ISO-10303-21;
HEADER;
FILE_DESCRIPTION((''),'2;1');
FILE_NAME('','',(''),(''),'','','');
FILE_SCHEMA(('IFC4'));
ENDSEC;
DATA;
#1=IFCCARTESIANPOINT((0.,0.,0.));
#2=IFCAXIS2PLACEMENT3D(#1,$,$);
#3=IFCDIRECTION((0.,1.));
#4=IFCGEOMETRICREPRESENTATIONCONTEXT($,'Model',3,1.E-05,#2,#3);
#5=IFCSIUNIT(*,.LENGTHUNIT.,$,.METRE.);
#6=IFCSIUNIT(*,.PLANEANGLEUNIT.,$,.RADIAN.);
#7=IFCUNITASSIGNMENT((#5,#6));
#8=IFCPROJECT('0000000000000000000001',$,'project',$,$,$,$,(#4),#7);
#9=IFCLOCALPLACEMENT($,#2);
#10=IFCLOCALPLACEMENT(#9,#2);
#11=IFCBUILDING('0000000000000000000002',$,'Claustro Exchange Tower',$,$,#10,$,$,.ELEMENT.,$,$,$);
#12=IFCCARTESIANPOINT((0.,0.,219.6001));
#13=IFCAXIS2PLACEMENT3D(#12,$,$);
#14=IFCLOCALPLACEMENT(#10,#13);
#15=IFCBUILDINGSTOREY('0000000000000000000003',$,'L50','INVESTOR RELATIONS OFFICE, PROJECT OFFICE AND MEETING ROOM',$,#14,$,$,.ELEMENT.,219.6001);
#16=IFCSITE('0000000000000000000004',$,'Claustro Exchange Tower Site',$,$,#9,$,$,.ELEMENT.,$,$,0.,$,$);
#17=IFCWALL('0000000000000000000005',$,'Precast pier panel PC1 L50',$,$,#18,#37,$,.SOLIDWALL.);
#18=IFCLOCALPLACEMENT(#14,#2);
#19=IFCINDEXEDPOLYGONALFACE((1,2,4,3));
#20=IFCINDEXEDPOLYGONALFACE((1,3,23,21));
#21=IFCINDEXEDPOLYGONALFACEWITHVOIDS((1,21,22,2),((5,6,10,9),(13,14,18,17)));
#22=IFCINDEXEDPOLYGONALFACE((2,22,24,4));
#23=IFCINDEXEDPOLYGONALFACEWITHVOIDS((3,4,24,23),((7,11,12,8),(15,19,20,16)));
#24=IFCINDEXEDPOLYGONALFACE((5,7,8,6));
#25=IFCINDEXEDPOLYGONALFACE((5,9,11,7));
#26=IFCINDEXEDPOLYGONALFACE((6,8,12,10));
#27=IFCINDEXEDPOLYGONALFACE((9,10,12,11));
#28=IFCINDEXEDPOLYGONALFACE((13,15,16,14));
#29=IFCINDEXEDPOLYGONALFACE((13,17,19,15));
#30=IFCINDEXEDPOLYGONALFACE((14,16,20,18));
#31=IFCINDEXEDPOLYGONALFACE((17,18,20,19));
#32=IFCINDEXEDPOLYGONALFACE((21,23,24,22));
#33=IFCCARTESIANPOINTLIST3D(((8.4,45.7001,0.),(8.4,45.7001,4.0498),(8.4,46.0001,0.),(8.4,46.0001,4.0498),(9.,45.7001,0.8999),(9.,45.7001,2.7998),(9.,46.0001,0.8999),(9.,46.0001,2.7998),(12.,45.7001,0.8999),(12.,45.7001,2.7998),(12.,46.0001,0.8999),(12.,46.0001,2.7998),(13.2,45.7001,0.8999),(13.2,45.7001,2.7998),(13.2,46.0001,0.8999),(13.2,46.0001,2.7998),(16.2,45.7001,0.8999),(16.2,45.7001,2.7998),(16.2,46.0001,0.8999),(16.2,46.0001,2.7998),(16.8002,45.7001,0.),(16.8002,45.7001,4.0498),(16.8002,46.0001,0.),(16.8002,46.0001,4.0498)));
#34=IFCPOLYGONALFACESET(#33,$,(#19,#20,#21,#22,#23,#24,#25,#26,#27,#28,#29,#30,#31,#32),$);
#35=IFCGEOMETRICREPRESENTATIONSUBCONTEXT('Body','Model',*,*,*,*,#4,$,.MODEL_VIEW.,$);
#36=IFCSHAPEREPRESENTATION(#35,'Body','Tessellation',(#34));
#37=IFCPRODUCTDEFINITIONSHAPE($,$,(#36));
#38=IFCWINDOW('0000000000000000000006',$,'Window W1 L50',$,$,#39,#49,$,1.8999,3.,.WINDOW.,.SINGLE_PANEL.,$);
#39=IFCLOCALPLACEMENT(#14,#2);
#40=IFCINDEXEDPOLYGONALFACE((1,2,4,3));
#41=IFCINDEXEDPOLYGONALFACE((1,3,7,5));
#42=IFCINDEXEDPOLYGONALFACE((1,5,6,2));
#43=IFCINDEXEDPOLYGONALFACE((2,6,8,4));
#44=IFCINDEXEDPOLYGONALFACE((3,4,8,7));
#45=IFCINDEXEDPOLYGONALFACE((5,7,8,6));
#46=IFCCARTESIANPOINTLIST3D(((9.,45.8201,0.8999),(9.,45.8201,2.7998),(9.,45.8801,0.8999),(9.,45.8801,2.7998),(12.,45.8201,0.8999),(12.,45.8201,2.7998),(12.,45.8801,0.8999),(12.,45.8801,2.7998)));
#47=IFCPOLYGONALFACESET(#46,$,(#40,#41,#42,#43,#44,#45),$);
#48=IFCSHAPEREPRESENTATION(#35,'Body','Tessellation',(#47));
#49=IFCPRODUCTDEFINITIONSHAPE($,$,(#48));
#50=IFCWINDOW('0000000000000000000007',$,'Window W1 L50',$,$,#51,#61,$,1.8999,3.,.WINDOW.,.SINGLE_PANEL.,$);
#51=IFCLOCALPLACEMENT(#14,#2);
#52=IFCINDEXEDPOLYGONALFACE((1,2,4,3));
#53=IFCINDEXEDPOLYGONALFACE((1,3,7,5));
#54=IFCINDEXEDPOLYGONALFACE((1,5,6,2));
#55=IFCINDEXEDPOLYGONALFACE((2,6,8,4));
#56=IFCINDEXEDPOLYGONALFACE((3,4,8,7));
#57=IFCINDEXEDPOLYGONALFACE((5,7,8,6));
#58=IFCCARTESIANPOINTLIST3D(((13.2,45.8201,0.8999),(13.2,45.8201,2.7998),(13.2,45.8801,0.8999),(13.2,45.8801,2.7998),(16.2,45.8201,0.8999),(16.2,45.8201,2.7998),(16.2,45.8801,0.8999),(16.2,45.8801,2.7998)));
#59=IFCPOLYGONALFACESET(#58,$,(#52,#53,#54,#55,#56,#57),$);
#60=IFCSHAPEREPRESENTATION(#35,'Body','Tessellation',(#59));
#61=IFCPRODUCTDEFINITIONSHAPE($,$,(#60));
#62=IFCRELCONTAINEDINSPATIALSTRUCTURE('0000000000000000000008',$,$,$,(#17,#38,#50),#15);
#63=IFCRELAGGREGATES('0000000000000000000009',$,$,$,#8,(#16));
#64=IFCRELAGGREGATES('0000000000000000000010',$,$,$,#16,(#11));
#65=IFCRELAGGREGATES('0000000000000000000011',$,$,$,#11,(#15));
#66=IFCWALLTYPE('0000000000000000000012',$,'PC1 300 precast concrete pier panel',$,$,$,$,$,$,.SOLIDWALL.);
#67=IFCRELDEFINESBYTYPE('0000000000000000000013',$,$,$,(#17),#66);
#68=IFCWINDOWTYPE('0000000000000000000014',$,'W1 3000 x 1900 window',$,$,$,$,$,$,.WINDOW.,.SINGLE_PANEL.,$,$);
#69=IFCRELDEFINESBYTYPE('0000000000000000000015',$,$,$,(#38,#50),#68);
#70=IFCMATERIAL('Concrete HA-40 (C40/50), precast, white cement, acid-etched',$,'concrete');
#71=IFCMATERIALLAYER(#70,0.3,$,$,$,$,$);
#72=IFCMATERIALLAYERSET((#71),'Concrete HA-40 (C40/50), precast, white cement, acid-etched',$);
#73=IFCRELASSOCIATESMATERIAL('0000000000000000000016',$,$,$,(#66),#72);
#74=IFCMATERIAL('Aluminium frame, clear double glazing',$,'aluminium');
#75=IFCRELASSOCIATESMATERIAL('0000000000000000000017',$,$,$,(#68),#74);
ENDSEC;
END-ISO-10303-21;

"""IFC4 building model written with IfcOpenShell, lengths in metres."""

from ifc_helpers import new_model, si_unit, direction, frame, frame_2d, origin, place, context, subcontext, project, spatial, rectangle, extrude, material, layer, layer_set, type_object, element, fill, save


model = new_model("IFC4")

# Units and contexts
model_context = context("Model", 3, precision=1e-05, world=origin(), true_north=direction((0.0, 1.0)))
body_context = subcontext(model_context, "Body", "Model", "MODEL_VIEW")
ifc_project = project(units=[si_unit("LENGTHUNIT", "METRE"), si_unit("PLANEANGLEUNIT", "RADIAN")], contexts=[model_context])

# Site, building, storey
site_placement = place(None, origin())
site = spatial("IfcSite", under=ifc_project, at=site_placement, Name="Claustro Exchange Tower Site", CompositionType="ELEMENT", RefElevation=0.0)
building_placement = place(site_placement, origin())
building = spatial("IfcBuilding", under=site, at=building_placement, Name="Claustro Exchange Tower", CompositionType="ELEMENT")
storey_placement = place(building_placement, frame((0.0, 0.0, 219.6001)))
storey = spatial("IfcBuildingStorey", under=building, at=storey_placement, Name="L50", Description="INVESTOR RELATIONS OFFICE, PROJECT OFFICE AND MEETING ROOM", CompositionType="ELEMENT", Elevation=219.6001)

# Wall, openings, windows
ifc_material_1 = material(Name="Concrete HA-40 (C40/50), precast, white cement, acid-etched", Category="concrete")
ifc_layer_1 = layer(ifc_material_1, 0.3)
ifc_layer_set_1 = layer_set([ifc_layer_1], Name="Concrete HA-40 (C40/50), precast, white cement, acid-etched")
wall_type_1 = type_object("IfcWallType", Name="PC1 300 precast concrete pier panel", PredefinedType="SOLIDWALL", material=ifc_layer_set_1)
wall_1_placement = place(storey_placement, frame((8.3999, 45.8501, 0.0), z_axis=(0.0, 0.0, 1.0), x_axis=(1.0, 0.0, 0.0)))
wall_1 = element("IfcWall", 1, at=wall_1_placement, inside=storey, type_object=wall_type_1, Name="Precast pier panel PC1 L50", PredefinedType="SOLIDWALL", context=body_context, shape_type="SweptSolid", body=[
    extrude(rectangle(XDim=8.4001, YDim=0.3, at=frame_2d((4.2002, 0.0))), origin(), (0.0, 0.0, 1.0), 4.0498),
])
opening_1_placement = place(wall_1_placement, frame((0.6001, 0.0, 0.8999)))
opening_1 = element("IfcOpeningElement", 2, at=opening_1_placement, cuts=wall_1, PredefinedType="OPENING", context=body_context, shape_type="SweptSolid", body=[
    extrude(rectangle(XDim=3.0, YDim=1.8999, at=frame_2d((1.5, 0.95))), frame((0.0, 0.1599, 0.0), z_axis=(0.0, -1.0, 0.0), x_axis=(1.0, 0.0, 0.0)), (0.0, 0.0, 1.0), 0.3201),
])
opening_2_placement = place(wall_1_placement, frame((4.8, 0.0, 0.8999)))
opening_2 = element("IfcOpeningElement", 3, at=opening_2_placement, cuts=wall_1, PredefinedType="OPENING", context=body_context, shape_type="SweptSolid", body=[
    extrude(rectangle(XDim=3.0, YDim=1.8999, at=frame_2d((1.5, 0.95))), frame((0.0, 0.1599, 0.0), z_axis=(0.0, -1.0, 0.0), x_axis=(1.0, 0.0, 0.0)), (0.0, 0.0, 1.0), 0.3201),
])
ifc_material_2 = material(Name="Aluminium frame, clear double glazing", Category="aluminium")
window_type = type_object("IfcWindowType", Name="W1 3000 x 1900 window", PartitioningType="SINGLE_PANEL", PredefinedType="WINDOW", material=ifc_material_2)
window_1_placement = place(opening_1_placement, origin())
window_1 = element("IfcWindow", 4, at=window_1_placement, inside=storey, type_object=window_type, Name="Window W1 L50", OverallHeight=1.8999, OverallWidth=3.0, PartitioningType="SINGLE_PANEL", PredefinedType="WINDOW", context=body_context, shape_type="SweptSolid", body=[
    extrude(rectangle(XDim=3.0, YDim=1.8999, at=frame_2d((1.5, 0.95))), frame((0.0, 0.03, 0.0), z_axis=(0.0, -1.0, 0.0), x_axis=(1.0, 0.0, 0.0)), (0.0, 0.0, 1.0), 0.0601),
])
fill(opening_1, window_1)
window_2_placement = place(opening_2_placement, origin())
window_2 = element("IfcWindow", 5, at=window_2_placement, inside=storey, type_object=window_type, Name="Window W1 L50", OverallHeight=1.8999, OverallWidth=3.0, PartitioningType="SINGLE_PANEL", PredefinedType="WINDOW", context=body_context, shape_type="SweptSolid", body=[
    extrude(rectangle(XDim=3.0, YDim=1.8999, at=frame_2d((1.5, 0.95))), frame((0.0, 0.03, 0.0), z_axis=(0.0, -1.0, 0.0), x_axis=(1.0, 0.0, 0.0)), (0.0, 0.0, 1.0), 0.0601),
])
fill(opening_2, window_2)

save(model, "model.ifc")
